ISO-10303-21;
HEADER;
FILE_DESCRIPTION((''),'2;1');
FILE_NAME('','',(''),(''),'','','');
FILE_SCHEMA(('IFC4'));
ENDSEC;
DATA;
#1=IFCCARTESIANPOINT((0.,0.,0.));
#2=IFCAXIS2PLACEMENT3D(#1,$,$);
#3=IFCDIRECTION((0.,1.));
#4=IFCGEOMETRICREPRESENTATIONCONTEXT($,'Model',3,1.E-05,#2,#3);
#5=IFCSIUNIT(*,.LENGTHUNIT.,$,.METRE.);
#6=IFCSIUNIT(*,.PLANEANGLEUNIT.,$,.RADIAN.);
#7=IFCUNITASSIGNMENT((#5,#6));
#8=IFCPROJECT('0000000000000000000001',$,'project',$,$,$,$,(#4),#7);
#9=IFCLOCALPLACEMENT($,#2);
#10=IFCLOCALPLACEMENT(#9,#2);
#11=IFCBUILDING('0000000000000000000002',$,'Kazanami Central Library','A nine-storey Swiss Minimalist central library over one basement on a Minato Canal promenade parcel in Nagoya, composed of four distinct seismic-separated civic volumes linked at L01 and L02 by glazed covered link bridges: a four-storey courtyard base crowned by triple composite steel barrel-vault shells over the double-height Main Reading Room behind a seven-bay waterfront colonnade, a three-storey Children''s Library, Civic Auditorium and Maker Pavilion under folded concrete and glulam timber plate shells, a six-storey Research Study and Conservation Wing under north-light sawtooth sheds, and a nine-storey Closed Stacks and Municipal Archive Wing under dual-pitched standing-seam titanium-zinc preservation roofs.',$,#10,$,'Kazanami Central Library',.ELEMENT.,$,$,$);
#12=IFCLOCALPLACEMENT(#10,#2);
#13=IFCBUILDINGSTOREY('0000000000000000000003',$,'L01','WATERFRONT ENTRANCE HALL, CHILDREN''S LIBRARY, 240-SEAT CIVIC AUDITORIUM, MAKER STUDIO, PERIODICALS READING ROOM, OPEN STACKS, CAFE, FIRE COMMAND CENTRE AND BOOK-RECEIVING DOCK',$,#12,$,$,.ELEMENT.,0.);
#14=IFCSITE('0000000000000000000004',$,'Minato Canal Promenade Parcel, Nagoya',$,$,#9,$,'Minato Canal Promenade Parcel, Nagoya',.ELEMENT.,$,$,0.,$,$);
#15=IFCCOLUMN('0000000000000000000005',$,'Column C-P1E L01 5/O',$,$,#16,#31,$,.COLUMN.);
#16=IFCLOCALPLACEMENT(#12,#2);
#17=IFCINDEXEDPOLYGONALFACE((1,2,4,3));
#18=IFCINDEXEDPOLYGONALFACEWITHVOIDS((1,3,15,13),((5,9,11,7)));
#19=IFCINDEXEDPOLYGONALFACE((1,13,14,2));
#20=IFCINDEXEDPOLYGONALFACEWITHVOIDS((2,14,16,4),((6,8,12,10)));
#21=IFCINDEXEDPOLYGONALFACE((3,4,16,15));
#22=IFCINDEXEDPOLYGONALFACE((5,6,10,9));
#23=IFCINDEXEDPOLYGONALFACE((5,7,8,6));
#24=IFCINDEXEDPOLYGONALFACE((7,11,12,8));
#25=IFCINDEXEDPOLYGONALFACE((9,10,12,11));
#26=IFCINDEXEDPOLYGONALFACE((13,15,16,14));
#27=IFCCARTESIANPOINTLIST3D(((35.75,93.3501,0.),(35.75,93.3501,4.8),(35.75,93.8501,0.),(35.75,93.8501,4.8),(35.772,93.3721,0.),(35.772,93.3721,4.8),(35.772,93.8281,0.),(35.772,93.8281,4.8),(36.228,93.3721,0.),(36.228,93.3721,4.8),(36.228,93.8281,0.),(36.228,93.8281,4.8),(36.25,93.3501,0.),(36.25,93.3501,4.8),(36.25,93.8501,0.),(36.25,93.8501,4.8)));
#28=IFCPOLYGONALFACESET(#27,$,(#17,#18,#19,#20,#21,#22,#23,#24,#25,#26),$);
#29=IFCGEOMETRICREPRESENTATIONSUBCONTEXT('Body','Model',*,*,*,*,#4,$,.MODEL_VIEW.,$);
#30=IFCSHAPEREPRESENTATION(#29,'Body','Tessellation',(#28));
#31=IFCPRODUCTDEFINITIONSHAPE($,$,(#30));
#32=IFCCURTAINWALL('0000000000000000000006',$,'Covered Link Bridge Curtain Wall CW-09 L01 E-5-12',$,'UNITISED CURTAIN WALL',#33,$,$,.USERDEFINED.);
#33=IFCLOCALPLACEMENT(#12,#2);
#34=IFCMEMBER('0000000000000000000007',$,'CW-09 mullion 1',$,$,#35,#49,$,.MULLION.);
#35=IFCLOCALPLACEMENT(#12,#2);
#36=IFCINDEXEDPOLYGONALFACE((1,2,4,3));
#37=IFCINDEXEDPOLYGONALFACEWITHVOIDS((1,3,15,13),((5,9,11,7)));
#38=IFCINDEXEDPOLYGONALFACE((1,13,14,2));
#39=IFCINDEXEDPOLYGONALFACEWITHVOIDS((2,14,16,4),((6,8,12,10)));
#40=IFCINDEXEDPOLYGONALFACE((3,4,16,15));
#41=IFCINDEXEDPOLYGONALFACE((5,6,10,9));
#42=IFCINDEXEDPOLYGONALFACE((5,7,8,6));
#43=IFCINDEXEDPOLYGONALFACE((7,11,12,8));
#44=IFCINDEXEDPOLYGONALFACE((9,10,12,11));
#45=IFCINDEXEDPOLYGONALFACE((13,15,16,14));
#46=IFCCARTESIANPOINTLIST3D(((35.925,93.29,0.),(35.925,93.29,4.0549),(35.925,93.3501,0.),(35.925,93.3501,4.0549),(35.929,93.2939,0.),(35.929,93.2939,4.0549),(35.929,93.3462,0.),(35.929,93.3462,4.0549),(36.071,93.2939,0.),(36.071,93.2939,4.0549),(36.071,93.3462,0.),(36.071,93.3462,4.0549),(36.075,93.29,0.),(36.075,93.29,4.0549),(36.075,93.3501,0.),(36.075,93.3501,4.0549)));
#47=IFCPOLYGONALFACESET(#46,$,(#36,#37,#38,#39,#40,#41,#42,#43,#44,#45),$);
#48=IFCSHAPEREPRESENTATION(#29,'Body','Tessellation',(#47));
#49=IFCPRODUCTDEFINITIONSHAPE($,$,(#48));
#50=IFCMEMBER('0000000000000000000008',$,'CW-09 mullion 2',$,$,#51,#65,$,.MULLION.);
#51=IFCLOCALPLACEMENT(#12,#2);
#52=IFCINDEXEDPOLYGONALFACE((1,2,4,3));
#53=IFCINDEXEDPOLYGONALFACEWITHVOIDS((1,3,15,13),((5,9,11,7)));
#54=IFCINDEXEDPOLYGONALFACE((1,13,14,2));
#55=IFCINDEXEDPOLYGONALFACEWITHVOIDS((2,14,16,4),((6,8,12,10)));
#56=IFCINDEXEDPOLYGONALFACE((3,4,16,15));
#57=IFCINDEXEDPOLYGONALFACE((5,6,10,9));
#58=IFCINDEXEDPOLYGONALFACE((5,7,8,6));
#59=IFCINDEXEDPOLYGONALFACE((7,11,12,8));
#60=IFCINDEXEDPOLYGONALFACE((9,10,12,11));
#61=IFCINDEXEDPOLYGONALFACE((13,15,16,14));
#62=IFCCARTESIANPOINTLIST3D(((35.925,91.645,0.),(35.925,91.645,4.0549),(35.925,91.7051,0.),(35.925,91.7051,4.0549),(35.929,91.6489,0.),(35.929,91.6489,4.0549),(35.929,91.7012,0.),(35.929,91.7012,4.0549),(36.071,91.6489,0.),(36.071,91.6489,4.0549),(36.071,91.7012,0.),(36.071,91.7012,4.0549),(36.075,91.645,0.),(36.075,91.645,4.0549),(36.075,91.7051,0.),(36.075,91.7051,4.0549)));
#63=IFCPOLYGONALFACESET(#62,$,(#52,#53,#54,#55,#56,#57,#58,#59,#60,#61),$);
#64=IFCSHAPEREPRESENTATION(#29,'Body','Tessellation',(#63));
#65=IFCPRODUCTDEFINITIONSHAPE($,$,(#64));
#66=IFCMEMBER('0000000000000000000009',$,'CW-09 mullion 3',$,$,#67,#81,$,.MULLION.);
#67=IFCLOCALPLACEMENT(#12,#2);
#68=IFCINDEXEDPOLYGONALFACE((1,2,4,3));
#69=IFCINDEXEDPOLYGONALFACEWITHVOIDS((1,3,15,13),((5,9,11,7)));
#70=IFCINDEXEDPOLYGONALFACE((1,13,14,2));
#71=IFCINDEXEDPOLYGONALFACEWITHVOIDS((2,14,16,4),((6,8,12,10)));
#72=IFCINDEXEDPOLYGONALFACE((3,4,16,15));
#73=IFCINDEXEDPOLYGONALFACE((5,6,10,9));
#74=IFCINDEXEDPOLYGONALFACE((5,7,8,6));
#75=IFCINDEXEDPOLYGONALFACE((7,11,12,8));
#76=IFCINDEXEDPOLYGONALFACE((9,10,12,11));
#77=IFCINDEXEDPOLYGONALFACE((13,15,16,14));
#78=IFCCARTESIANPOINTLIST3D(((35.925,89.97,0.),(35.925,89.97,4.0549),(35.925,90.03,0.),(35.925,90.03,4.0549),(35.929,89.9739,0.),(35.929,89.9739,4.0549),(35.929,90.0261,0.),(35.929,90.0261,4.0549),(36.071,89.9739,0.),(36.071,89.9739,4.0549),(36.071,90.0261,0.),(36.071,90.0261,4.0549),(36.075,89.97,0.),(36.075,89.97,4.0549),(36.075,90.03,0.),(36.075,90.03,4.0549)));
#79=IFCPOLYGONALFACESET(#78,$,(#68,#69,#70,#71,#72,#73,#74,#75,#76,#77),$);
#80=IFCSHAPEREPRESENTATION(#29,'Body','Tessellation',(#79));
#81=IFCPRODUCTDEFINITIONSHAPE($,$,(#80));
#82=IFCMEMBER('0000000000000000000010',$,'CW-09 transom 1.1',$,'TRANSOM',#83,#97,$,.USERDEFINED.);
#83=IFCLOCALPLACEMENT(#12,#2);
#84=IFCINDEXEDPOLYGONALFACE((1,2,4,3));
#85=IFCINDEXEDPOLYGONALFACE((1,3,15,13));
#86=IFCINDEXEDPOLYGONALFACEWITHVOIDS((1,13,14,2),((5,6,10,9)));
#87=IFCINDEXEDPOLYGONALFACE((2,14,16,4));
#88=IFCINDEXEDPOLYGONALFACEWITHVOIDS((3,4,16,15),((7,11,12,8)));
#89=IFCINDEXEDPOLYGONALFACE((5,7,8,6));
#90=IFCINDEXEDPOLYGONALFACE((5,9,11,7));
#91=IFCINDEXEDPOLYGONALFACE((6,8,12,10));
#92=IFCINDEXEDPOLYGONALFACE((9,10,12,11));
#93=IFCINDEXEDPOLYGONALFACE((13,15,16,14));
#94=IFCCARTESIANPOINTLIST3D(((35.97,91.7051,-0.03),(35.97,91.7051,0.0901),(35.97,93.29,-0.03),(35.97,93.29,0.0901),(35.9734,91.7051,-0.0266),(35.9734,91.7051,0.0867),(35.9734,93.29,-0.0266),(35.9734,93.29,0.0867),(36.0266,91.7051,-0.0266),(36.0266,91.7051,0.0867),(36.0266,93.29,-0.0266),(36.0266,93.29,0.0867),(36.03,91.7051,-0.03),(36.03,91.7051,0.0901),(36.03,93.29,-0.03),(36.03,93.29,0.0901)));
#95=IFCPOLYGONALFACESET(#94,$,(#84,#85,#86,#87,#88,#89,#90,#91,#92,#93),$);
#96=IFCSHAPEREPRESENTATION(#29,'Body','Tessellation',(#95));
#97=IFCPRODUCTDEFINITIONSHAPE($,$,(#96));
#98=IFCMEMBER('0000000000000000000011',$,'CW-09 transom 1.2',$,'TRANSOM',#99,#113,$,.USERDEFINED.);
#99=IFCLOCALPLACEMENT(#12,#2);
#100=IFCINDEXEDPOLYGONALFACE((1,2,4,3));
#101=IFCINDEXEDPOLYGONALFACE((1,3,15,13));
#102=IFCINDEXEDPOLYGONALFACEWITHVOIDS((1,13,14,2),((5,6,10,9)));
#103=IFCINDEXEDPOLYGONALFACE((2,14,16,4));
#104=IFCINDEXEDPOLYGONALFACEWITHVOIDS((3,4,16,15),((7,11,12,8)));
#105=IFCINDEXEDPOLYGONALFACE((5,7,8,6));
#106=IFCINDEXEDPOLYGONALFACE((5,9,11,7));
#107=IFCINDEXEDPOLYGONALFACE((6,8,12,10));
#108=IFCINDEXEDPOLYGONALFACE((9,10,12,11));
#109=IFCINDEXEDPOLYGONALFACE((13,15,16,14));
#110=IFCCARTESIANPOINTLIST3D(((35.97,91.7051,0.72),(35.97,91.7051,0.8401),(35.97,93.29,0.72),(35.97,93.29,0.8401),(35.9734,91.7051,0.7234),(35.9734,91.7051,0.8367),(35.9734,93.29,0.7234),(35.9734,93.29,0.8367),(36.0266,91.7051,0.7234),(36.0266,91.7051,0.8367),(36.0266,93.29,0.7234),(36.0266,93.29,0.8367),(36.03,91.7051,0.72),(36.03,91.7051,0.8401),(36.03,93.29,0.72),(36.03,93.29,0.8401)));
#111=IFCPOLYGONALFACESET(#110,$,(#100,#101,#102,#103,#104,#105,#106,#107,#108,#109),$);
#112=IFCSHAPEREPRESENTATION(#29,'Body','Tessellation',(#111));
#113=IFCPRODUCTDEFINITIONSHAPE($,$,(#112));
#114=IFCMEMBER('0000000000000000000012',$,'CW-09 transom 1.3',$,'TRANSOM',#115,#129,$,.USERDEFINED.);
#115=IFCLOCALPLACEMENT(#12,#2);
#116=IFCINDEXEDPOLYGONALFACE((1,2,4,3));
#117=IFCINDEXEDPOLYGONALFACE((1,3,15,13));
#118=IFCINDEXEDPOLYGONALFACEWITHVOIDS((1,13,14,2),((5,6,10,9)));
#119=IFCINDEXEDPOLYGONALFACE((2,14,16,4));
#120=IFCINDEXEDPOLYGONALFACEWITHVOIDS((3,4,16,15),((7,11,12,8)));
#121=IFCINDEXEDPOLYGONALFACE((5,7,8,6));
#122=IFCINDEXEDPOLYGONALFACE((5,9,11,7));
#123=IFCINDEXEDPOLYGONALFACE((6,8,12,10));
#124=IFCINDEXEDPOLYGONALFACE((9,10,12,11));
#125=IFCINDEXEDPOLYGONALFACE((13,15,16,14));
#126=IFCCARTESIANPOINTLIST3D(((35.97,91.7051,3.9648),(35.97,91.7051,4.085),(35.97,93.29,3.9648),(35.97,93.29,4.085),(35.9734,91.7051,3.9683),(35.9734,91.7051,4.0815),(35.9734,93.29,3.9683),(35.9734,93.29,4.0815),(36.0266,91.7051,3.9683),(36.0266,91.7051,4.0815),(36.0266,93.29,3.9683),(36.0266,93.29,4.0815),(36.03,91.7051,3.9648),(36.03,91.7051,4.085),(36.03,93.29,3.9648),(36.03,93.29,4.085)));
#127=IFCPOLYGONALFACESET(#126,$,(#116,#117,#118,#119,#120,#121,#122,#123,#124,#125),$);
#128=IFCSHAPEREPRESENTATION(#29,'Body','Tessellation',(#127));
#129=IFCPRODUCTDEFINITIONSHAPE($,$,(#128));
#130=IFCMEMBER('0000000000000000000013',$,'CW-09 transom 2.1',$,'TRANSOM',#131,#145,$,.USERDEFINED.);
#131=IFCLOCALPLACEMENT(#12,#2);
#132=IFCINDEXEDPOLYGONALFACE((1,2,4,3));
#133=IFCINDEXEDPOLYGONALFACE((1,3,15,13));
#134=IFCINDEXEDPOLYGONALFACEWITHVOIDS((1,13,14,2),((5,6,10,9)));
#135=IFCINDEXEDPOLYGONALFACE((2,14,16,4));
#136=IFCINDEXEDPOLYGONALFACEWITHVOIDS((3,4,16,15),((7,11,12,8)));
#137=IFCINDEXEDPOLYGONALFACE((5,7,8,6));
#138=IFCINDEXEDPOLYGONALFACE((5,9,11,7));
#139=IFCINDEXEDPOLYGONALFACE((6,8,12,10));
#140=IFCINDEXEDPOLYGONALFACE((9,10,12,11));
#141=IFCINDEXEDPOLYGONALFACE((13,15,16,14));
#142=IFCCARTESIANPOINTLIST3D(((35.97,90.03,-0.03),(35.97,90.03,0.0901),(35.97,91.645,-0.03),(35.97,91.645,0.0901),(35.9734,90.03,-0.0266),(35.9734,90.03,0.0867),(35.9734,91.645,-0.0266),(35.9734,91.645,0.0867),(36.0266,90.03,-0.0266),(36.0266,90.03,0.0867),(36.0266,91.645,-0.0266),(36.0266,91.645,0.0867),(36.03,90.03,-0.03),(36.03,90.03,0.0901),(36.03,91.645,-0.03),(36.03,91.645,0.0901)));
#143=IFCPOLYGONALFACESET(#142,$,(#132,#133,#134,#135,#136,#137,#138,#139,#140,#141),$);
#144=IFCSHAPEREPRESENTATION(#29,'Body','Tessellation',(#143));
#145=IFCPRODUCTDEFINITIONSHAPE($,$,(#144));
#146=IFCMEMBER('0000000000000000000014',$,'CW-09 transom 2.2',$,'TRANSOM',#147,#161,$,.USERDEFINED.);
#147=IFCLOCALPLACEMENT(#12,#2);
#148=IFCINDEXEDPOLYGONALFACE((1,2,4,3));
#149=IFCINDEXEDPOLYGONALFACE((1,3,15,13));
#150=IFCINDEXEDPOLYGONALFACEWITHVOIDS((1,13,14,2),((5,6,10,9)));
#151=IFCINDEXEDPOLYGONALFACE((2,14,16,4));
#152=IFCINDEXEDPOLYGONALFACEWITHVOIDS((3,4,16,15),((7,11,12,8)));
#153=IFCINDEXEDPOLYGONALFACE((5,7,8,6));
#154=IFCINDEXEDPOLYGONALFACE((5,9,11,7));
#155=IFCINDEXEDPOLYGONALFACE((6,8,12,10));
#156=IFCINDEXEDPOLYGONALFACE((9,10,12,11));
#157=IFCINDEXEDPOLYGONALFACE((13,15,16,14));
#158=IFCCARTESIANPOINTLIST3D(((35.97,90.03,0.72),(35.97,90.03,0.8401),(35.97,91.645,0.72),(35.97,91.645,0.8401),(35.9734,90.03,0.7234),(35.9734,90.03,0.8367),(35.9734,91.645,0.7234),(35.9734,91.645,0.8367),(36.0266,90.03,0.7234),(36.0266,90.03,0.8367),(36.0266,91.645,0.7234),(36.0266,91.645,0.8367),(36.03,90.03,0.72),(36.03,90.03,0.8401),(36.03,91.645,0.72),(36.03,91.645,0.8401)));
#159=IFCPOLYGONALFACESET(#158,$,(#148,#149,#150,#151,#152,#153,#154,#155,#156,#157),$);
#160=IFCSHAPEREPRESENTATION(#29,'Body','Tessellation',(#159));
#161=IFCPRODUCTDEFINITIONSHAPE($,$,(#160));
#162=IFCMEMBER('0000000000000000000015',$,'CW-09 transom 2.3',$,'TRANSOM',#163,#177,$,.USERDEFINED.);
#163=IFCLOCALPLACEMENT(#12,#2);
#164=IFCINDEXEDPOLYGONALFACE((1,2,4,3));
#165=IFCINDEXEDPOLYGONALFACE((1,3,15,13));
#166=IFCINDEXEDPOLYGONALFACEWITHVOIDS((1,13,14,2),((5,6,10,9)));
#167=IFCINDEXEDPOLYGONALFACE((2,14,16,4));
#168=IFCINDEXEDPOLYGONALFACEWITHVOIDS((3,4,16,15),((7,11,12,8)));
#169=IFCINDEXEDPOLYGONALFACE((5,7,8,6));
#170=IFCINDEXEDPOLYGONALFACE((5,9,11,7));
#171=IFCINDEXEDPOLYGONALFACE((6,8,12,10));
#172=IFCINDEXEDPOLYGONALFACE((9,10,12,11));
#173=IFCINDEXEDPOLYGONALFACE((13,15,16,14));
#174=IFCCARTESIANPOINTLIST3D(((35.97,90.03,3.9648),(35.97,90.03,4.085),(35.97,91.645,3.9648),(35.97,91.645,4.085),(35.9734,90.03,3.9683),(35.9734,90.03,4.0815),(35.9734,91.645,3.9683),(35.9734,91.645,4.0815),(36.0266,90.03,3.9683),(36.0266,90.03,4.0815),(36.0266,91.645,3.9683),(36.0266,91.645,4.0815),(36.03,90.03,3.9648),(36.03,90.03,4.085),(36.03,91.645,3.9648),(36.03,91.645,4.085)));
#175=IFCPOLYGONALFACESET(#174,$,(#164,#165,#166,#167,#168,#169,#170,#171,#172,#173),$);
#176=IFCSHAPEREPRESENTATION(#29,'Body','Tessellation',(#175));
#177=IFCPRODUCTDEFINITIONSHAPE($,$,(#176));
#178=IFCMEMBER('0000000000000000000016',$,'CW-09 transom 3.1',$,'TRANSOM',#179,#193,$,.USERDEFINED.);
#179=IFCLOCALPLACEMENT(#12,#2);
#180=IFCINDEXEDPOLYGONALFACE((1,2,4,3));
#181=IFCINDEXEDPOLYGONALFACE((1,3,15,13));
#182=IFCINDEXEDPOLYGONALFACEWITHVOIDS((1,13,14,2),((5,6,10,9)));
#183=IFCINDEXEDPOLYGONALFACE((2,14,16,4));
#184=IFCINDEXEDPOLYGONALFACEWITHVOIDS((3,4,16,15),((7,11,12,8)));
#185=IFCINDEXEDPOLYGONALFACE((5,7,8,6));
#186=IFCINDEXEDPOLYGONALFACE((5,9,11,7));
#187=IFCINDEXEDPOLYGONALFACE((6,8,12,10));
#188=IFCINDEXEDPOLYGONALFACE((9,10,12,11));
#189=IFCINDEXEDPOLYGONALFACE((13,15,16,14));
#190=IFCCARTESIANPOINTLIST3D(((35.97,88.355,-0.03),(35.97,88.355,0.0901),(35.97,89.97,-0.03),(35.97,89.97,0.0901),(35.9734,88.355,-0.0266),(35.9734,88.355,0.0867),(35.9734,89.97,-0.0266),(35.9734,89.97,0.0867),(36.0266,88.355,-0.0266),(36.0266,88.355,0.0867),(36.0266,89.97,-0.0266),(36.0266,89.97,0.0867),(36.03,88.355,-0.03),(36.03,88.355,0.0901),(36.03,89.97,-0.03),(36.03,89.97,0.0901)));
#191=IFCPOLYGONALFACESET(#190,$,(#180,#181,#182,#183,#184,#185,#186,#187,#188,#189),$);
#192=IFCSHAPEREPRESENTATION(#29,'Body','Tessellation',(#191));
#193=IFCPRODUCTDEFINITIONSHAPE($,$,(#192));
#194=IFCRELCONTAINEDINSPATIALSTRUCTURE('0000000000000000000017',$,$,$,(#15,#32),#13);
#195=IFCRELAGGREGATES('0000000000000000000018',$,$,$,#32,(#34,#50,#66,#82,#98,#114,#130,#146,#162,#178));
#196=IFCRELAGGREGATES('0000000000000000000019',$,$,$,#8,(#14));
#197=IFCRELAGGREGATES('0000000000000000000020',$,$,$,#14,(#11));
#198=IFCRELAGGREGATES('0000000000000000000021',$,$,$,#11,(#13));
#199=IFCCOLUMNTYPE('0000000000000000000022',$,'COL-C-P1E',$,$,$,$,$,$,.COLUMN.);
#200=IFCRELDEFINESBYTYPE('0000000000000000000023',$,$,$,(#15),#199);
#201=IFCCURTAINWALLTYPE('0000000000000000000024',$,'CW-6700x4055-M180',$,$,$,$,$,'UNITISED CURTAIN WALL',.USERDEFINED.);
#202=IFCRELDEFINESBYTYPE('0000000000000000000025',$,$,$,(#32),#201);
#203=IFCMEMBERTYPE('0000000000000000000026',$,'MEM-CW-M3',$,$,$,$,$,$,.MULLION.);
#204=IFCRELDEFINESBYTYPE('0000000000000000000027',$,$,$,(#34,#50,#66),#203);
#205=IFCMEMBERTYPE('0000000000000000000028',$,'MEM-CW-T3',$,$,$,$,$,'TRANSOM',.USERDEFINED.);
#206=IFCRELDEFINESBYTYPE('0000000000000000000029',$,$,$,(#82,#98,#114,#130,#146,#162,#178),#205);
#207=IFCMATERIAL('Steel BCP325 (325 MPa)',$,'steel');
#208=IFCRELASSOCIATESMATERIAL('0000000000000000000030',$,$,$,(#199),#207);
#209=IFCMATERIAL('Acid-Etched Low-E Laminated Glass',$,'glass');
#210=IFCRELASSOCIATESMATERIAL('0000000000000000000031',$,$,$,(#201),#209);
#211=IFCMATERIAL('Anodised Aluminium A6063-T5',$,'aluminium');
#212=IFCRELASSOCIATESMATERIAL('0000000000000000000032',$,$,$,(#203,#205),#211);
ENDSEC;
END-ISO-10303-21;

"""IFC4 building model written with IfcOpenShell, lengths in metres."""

from ifc_helpers import new_model, si_unit, direction, frame, origin, origin_2d, place, context, subcontext, project, spatial, hollow_rectangle, extrude, material, material_profile, profile_set, type_object, element, aggregate, save


model = new_model("IFC4")

# Units and contexts
model_context = context("Model", 3, precision=1e-05, world=origin(), true_north=direction((0.0, 1.0)))
body_context = subcontext(model_context, "Body", "Model", "MODEL_VIEW")
ifc_project = project(units=[si_unit("LENGTHUNIT", "METRE"), si_unit("PLANEANGLEUNIT", "RADIAN")], contexts=[model_context])

# Site, building, storey
site_placement = place(None, origin())
site = spatial("IfcSite", under=ifc_project, at=site_placement, Name="Minato Canal Promenade Parcel, Nagoya", LongName="Minato Canal Promenade Parcel, Nagoya", CompositionType="ELEMENT", RefElevation=0.0)
building_placement = place(site_placement, origin())
building = spatial("IfcBuilding", under=site, at=building_placement, Name="Kazanami Central Library", Description="A nine-storey Swiss Minimalist central library over one basement on a Minato Canal promenade parcel in Nagoya, composed of four distinct seismic-separated civic volumes linked at L01 and L02 by glazed covered link bridges: a four-storey courtyard base crowned by triple composite steel barrel-vault shells over the double-height Main Reading Room behind a seven-bay waterfront colonnade, a three-storey Children's Library, Civic Auditorium and Maker Pavilion under folded concrete and glulam timber plate shells, a six-storey Research Study and Conservation Wing under north-light sawtooth sheds, and a nine-storey Closed Stacks and Municipal Archive Wing under dual-pitched standing-seam titanium-zinc preservation roofs.", LongName="Kazanami Central Library", CompositionType="ELEMENT")
storey_placement = place(building_placement, origin())
storey = spatial("IfcBuildingStorey", under=building, at=storey_placement, Name="L01", Description="WATERFRONT ENTRANCE HALL, CHILDREN'S LIBRARY, 240-SEAT CIVIC AUDITORIUM, MAKER STUDIO, PERIODICALS READING ROOM, OPEN STACKS, CAFE, FIRE COMMAND CENTRE AND BOOK-RECEIVING DOCK", CompositionType="ELEMENT", Elevation=0.0)

# Column
ifc_material_1 = material(Name="Steel BCP325 (325 MPa)", Category="steel")
ifc_material_profile_1 = material_profile(ifc_material_1, hollow_rectangle(XDim=0.5, YDim=0.5, WallThickness=0.022, at=origin_2d()), Name="BCP-500x500x22")
ifc_profile_set_1 = profile_set([ifc_material_profile_1], Name="Steel BCP325 (325 MPa)")
column_type = type_object("IfcColumnType", Name="COL-C-P1E", PredefinedType="COLUMN", material=ifc_profile_set_1)
column_placement = place(storey_placement, frame((36.0, 93.6001, 0.0), z_axis=(0.0, 0.0, 1.0), x_axis=(1.0, 0.0, 0.0)))
element("IfcColumn", 1, at=column_placement, inside=storey, type_object=column_type, Name="Column C-P1E L01 5/O", PredefinedType="COLUMN", context=body_context, shape_type="SweptSolid", body=[
    extrude(hollow_rectangle(XDim=0.5, YDim=0.5, WallThickness=0.022, at=origin_2d()), origin(), (0.0, 0.0, 1.0), 4.8),
])

# Curtain wall, members
ifc_material_2 = material(Name="Acid-Etched Low-E Laminated Glass", Category="glass")
curtain_wall_type = type_object("IfcCurtainWallType", Name="CW-6700x4055-M180", ElementType="UNITISED CURTAIN WALL", PredefinedType="USERDEFINED", material=ifc_material_2)
curtain_wall_placement = place(storey_placement, origin())
curtain_wall = element("IfcCurtainWall", 2, at=curtain_wall_placement, inside=storey, type_object=curtain_wall_type, Name="Covered Link Bridge Curtain Wall CW-09 L01 E-5-12", ObjectType="UNITISED CURTAIN WALL", PredefinedType="USERDEFINED")
ifc_material_3 = material(Name="Anodised Aluminium A6063-T5", Category="aluminium")
ifc_material_profile_2 = material_profile(ifc_material_3, hollow_rectangle(XDim=0.0601, YDim=0.1499, WallThickness=0.0039, at=origin_2d()), Name="ALU-MULL-60x150x4")
ifc_profile_set_2 = profile_set([ifc_material_profile_2], Name="Anodised Aluminium A6063-T5")
member_type_1 = type_object("IfcMemberType", Name="MEM-CW-M3", PredefinedType="MULLION", material=ifc_profile_set_2)
member_1_placement = place(storey_placement, frame((36.0, 93.3201, 0.0), z_axis=(0.0, 0.0, 1.0), x_axis=(0.0, -1.0, 0.0)))
member_1 = element("IfcMember", 3, at=member_1_placement, type_object=member_type_1, Name="CW-09 mullion 1", PredefinedType="MULLION", context=body_context, shape_type="SweptSolid", body=[
    extrude(hollow_rectangle(XDim=0.0601, YDim=0.1499, WallThickness=0.0039, at=origin_2d()), origin(), (0.0, 0.0, 1.0), 4.0549),
])
member_2_placement = place(storey_placement, frame((36.0, 91.675, 0.0), z_axis=(0.0, 0.0, 1.0), x_axis=(0.0, -1.0, 0.0)))
member_2 = element("IfcMember", 4, at=member_2_placement, type_object=member_type_1, Name="CW-09 mullion 2", PredefinedType="MULLION", context=body_context, shape_type="SweptSolid", body=[
    extrude(hollow_rectangle(XDim=0.0601, YDim=0.1499, WallThickness=0.0039, at=origin_2d()), origin(), (0.0, 0.0, 1.0), 4.0549),
])
member_3_placement = place(storey_placement, frame((36.0, 90.0, 0.0), z_axis=(0.0, 0.0, 1.0), x_axis=(0.0, -1.0, 0.0)))
member_3 = element("IfcMember", 5, at=member_3_placement, type_object=member_type_1, Name="CW-09 mullion 3", PredefinedType="MULLION", context=body_context, shape_type="SweptSolid", body=[
    extrude(hollow_rectangle(XDim=0.0601, YDim=0.1499, WallThickness=0.0039, at=origin_2d()), origin(), (0.0, 0.0, 1.0), 4.0549),
])
ifc_material_profile_3 = material_profile(ifc_material_3, hollow_rectangle(XDim=0.0601, YDim=0.1201, WallThickness=0.0034, at=origin_2d()), Name="ALU-TRAN-60x120x3.5")
ifc_profile_set_3 = profile_set([ifc_material_profile_3], Name="Anodised Aluminium A6063-T5")
member_type_2 = type_object("IfcMemberType", Name="MEM-CW-T3", ElementType="TRANSOM", PredefinedType="USERDEFINED", material=ifc_profile_set_3)
member_4_placement = place(storey_placement, frame((36.0, 93.29, 0.03), z_axis=(0.0, -1.0, 0.0), x_axis=(1.0, 0.0, 0.0)))
member_4 = element("IfcMember", 6, at=member_4_placement, type_object=member_type_2, Name="CW-09 transom 1.1", ObjectType="TRANSOM", PredefinedType="USERDEFINED", context=body_context, shape_type="SweptSolid", body=[
    extrude(hollow_rectangle(XDim=0.0601, YDim=0.1201, WallThickness=0.0034, at=origin_2d()), origin(), (0.0, 0.0, 1.0), 1.585),
])
member_5_placement = place(storey_placement, frame((36.0, 93.29, 0.78), z_axis=(0.0, -1.0, 0.0), x_axis=(1.0, 0.0, 0.0)))
member_5 = element("IfcMember", 7, at=member_5_placement, type_object=member_type_2, Name="CW-09 transom 1.2", ObjectType="TRANSOM", PredefinedType="USERDEFINED", context=body_context, shape_type="SweptSolid", body=[
    extrude(hollow_rectangle(XDim=0.0601, YDim=0.1201, WallThickness=0.0034, at=origin_2d()), origin(), (0.0, 0.0, 1.0), 1.585),
])
member_6_placement = place(storey_placement, frame((36.0, 93.29, 4.0249), z_axis=(0.0, -1.0, 0.0), x_axis=(1.0, 0.0, 0.0)))
member_6 = element("IfcMember", 8, at=member_6_placement, type_object=member_type_2, Name="CW-09 transom 1.3", ObjectType="TRANSOM", PredefinedType="USERDEFINED", context=body_context, shape_type="SweptSolid", body=[
    extrude(hollow_rectangle(XDim=0.0601, YDim=0.1201, WallThickness=0.0034, at=origin_2d()), origin(), (0.0, 0.0, 1.0), 1.585),
])
member_7_placement = place(storey_placement, frame((36.0, 91.645, 0.03), z_axis=(0.0, -1.0, 0.0), x_axis=(1.0, 0.0, 0.0)))
member_7 = element("IfcMember", 9, at=member_7_placement, type_object=member_type_2, Name="CW-09 transom 2.1", ObjectType="TRANSOM", PredefinedType="USERDEFINED", context=body_context, shape_type="SweptSolid", body=[
    extrude(hollow_rectangle(XDim=0.0601, YDim=0.1201, WallThickness=0.0034, at=origin_2d()), origin(), (0.0, 0.0, 1.0), 1.615),
])
member_8_placement = place(storey_placement, frame((36.0, 91.645, 0.78), z_axis=(0.0, -1.0, 0.0), x_axis=(1.0, 0.0, 0.0)))
member_8 = element("IfcMember", 10, at=member_8_placement, type_object=member_type_2, Name="CW-09 transom 2.2", ObjectType="TRANSOM", PredefinedType="USERDEFINED", context=body_context, shape_type="SweptSolid", body=[
    extrude(hollow_rectangle(XDim=0.0601, YDim=0.1201, WallThickness=0.0034, at=origin_2d()), origin(), (0.0, 0.0, 1.0), 1.615),
])
member_9_placement = place(storey_placement, frame((36.0, 91.645, 4.0249), z_axis=(0.0, -1.0, 0.0), x_axis=(1.0, 0.0, 0.0)))
member_9 = element("IfcMember", 11, at=member_9_placement, type_object=member_type_2, Name="CW-09 transom 2.3", ObjectType="TRANSOM", PredefinedType="USERDEFINED", context=body_context, shape_type="SweptSolid", body=[
    extrude(hollow_rectangle(XDim=0.0601, YDim=0.1201, WallThickness=0.0034, at=origin_2d()), origin(), (0.0, 0.0, 1.0), 1.615),
])
member_10_placement = place(storey_placement, frame((36.0, 89.97, 0.03), z_axis=(0.0, -1.0, 0.0), x_axis=(1.0, 0.0, 0.0)))
member_10 = element("IfcMember", 12, at=member_10_placement, type_object=member_type_2, Name="CW-09 transom 3.1", ObjectType="TRANSOM", PredefinedType="USERDEFINED", context=body_context, shape_type="SweptSolid", body=[
    extrude(hollow_rectangle(XDim=0.0601, YDim=0.1201, WallThickness=0.0034, at=origin_2d()), origin(), (0.0, 0.0, 1.0), 1.615),
])
aggregate(curtain_wall, [member_1, member_2, member_3, member_4, member_5, member_6, member_7, member_8, member_9, member_10])

save(model, "model.ifc")
